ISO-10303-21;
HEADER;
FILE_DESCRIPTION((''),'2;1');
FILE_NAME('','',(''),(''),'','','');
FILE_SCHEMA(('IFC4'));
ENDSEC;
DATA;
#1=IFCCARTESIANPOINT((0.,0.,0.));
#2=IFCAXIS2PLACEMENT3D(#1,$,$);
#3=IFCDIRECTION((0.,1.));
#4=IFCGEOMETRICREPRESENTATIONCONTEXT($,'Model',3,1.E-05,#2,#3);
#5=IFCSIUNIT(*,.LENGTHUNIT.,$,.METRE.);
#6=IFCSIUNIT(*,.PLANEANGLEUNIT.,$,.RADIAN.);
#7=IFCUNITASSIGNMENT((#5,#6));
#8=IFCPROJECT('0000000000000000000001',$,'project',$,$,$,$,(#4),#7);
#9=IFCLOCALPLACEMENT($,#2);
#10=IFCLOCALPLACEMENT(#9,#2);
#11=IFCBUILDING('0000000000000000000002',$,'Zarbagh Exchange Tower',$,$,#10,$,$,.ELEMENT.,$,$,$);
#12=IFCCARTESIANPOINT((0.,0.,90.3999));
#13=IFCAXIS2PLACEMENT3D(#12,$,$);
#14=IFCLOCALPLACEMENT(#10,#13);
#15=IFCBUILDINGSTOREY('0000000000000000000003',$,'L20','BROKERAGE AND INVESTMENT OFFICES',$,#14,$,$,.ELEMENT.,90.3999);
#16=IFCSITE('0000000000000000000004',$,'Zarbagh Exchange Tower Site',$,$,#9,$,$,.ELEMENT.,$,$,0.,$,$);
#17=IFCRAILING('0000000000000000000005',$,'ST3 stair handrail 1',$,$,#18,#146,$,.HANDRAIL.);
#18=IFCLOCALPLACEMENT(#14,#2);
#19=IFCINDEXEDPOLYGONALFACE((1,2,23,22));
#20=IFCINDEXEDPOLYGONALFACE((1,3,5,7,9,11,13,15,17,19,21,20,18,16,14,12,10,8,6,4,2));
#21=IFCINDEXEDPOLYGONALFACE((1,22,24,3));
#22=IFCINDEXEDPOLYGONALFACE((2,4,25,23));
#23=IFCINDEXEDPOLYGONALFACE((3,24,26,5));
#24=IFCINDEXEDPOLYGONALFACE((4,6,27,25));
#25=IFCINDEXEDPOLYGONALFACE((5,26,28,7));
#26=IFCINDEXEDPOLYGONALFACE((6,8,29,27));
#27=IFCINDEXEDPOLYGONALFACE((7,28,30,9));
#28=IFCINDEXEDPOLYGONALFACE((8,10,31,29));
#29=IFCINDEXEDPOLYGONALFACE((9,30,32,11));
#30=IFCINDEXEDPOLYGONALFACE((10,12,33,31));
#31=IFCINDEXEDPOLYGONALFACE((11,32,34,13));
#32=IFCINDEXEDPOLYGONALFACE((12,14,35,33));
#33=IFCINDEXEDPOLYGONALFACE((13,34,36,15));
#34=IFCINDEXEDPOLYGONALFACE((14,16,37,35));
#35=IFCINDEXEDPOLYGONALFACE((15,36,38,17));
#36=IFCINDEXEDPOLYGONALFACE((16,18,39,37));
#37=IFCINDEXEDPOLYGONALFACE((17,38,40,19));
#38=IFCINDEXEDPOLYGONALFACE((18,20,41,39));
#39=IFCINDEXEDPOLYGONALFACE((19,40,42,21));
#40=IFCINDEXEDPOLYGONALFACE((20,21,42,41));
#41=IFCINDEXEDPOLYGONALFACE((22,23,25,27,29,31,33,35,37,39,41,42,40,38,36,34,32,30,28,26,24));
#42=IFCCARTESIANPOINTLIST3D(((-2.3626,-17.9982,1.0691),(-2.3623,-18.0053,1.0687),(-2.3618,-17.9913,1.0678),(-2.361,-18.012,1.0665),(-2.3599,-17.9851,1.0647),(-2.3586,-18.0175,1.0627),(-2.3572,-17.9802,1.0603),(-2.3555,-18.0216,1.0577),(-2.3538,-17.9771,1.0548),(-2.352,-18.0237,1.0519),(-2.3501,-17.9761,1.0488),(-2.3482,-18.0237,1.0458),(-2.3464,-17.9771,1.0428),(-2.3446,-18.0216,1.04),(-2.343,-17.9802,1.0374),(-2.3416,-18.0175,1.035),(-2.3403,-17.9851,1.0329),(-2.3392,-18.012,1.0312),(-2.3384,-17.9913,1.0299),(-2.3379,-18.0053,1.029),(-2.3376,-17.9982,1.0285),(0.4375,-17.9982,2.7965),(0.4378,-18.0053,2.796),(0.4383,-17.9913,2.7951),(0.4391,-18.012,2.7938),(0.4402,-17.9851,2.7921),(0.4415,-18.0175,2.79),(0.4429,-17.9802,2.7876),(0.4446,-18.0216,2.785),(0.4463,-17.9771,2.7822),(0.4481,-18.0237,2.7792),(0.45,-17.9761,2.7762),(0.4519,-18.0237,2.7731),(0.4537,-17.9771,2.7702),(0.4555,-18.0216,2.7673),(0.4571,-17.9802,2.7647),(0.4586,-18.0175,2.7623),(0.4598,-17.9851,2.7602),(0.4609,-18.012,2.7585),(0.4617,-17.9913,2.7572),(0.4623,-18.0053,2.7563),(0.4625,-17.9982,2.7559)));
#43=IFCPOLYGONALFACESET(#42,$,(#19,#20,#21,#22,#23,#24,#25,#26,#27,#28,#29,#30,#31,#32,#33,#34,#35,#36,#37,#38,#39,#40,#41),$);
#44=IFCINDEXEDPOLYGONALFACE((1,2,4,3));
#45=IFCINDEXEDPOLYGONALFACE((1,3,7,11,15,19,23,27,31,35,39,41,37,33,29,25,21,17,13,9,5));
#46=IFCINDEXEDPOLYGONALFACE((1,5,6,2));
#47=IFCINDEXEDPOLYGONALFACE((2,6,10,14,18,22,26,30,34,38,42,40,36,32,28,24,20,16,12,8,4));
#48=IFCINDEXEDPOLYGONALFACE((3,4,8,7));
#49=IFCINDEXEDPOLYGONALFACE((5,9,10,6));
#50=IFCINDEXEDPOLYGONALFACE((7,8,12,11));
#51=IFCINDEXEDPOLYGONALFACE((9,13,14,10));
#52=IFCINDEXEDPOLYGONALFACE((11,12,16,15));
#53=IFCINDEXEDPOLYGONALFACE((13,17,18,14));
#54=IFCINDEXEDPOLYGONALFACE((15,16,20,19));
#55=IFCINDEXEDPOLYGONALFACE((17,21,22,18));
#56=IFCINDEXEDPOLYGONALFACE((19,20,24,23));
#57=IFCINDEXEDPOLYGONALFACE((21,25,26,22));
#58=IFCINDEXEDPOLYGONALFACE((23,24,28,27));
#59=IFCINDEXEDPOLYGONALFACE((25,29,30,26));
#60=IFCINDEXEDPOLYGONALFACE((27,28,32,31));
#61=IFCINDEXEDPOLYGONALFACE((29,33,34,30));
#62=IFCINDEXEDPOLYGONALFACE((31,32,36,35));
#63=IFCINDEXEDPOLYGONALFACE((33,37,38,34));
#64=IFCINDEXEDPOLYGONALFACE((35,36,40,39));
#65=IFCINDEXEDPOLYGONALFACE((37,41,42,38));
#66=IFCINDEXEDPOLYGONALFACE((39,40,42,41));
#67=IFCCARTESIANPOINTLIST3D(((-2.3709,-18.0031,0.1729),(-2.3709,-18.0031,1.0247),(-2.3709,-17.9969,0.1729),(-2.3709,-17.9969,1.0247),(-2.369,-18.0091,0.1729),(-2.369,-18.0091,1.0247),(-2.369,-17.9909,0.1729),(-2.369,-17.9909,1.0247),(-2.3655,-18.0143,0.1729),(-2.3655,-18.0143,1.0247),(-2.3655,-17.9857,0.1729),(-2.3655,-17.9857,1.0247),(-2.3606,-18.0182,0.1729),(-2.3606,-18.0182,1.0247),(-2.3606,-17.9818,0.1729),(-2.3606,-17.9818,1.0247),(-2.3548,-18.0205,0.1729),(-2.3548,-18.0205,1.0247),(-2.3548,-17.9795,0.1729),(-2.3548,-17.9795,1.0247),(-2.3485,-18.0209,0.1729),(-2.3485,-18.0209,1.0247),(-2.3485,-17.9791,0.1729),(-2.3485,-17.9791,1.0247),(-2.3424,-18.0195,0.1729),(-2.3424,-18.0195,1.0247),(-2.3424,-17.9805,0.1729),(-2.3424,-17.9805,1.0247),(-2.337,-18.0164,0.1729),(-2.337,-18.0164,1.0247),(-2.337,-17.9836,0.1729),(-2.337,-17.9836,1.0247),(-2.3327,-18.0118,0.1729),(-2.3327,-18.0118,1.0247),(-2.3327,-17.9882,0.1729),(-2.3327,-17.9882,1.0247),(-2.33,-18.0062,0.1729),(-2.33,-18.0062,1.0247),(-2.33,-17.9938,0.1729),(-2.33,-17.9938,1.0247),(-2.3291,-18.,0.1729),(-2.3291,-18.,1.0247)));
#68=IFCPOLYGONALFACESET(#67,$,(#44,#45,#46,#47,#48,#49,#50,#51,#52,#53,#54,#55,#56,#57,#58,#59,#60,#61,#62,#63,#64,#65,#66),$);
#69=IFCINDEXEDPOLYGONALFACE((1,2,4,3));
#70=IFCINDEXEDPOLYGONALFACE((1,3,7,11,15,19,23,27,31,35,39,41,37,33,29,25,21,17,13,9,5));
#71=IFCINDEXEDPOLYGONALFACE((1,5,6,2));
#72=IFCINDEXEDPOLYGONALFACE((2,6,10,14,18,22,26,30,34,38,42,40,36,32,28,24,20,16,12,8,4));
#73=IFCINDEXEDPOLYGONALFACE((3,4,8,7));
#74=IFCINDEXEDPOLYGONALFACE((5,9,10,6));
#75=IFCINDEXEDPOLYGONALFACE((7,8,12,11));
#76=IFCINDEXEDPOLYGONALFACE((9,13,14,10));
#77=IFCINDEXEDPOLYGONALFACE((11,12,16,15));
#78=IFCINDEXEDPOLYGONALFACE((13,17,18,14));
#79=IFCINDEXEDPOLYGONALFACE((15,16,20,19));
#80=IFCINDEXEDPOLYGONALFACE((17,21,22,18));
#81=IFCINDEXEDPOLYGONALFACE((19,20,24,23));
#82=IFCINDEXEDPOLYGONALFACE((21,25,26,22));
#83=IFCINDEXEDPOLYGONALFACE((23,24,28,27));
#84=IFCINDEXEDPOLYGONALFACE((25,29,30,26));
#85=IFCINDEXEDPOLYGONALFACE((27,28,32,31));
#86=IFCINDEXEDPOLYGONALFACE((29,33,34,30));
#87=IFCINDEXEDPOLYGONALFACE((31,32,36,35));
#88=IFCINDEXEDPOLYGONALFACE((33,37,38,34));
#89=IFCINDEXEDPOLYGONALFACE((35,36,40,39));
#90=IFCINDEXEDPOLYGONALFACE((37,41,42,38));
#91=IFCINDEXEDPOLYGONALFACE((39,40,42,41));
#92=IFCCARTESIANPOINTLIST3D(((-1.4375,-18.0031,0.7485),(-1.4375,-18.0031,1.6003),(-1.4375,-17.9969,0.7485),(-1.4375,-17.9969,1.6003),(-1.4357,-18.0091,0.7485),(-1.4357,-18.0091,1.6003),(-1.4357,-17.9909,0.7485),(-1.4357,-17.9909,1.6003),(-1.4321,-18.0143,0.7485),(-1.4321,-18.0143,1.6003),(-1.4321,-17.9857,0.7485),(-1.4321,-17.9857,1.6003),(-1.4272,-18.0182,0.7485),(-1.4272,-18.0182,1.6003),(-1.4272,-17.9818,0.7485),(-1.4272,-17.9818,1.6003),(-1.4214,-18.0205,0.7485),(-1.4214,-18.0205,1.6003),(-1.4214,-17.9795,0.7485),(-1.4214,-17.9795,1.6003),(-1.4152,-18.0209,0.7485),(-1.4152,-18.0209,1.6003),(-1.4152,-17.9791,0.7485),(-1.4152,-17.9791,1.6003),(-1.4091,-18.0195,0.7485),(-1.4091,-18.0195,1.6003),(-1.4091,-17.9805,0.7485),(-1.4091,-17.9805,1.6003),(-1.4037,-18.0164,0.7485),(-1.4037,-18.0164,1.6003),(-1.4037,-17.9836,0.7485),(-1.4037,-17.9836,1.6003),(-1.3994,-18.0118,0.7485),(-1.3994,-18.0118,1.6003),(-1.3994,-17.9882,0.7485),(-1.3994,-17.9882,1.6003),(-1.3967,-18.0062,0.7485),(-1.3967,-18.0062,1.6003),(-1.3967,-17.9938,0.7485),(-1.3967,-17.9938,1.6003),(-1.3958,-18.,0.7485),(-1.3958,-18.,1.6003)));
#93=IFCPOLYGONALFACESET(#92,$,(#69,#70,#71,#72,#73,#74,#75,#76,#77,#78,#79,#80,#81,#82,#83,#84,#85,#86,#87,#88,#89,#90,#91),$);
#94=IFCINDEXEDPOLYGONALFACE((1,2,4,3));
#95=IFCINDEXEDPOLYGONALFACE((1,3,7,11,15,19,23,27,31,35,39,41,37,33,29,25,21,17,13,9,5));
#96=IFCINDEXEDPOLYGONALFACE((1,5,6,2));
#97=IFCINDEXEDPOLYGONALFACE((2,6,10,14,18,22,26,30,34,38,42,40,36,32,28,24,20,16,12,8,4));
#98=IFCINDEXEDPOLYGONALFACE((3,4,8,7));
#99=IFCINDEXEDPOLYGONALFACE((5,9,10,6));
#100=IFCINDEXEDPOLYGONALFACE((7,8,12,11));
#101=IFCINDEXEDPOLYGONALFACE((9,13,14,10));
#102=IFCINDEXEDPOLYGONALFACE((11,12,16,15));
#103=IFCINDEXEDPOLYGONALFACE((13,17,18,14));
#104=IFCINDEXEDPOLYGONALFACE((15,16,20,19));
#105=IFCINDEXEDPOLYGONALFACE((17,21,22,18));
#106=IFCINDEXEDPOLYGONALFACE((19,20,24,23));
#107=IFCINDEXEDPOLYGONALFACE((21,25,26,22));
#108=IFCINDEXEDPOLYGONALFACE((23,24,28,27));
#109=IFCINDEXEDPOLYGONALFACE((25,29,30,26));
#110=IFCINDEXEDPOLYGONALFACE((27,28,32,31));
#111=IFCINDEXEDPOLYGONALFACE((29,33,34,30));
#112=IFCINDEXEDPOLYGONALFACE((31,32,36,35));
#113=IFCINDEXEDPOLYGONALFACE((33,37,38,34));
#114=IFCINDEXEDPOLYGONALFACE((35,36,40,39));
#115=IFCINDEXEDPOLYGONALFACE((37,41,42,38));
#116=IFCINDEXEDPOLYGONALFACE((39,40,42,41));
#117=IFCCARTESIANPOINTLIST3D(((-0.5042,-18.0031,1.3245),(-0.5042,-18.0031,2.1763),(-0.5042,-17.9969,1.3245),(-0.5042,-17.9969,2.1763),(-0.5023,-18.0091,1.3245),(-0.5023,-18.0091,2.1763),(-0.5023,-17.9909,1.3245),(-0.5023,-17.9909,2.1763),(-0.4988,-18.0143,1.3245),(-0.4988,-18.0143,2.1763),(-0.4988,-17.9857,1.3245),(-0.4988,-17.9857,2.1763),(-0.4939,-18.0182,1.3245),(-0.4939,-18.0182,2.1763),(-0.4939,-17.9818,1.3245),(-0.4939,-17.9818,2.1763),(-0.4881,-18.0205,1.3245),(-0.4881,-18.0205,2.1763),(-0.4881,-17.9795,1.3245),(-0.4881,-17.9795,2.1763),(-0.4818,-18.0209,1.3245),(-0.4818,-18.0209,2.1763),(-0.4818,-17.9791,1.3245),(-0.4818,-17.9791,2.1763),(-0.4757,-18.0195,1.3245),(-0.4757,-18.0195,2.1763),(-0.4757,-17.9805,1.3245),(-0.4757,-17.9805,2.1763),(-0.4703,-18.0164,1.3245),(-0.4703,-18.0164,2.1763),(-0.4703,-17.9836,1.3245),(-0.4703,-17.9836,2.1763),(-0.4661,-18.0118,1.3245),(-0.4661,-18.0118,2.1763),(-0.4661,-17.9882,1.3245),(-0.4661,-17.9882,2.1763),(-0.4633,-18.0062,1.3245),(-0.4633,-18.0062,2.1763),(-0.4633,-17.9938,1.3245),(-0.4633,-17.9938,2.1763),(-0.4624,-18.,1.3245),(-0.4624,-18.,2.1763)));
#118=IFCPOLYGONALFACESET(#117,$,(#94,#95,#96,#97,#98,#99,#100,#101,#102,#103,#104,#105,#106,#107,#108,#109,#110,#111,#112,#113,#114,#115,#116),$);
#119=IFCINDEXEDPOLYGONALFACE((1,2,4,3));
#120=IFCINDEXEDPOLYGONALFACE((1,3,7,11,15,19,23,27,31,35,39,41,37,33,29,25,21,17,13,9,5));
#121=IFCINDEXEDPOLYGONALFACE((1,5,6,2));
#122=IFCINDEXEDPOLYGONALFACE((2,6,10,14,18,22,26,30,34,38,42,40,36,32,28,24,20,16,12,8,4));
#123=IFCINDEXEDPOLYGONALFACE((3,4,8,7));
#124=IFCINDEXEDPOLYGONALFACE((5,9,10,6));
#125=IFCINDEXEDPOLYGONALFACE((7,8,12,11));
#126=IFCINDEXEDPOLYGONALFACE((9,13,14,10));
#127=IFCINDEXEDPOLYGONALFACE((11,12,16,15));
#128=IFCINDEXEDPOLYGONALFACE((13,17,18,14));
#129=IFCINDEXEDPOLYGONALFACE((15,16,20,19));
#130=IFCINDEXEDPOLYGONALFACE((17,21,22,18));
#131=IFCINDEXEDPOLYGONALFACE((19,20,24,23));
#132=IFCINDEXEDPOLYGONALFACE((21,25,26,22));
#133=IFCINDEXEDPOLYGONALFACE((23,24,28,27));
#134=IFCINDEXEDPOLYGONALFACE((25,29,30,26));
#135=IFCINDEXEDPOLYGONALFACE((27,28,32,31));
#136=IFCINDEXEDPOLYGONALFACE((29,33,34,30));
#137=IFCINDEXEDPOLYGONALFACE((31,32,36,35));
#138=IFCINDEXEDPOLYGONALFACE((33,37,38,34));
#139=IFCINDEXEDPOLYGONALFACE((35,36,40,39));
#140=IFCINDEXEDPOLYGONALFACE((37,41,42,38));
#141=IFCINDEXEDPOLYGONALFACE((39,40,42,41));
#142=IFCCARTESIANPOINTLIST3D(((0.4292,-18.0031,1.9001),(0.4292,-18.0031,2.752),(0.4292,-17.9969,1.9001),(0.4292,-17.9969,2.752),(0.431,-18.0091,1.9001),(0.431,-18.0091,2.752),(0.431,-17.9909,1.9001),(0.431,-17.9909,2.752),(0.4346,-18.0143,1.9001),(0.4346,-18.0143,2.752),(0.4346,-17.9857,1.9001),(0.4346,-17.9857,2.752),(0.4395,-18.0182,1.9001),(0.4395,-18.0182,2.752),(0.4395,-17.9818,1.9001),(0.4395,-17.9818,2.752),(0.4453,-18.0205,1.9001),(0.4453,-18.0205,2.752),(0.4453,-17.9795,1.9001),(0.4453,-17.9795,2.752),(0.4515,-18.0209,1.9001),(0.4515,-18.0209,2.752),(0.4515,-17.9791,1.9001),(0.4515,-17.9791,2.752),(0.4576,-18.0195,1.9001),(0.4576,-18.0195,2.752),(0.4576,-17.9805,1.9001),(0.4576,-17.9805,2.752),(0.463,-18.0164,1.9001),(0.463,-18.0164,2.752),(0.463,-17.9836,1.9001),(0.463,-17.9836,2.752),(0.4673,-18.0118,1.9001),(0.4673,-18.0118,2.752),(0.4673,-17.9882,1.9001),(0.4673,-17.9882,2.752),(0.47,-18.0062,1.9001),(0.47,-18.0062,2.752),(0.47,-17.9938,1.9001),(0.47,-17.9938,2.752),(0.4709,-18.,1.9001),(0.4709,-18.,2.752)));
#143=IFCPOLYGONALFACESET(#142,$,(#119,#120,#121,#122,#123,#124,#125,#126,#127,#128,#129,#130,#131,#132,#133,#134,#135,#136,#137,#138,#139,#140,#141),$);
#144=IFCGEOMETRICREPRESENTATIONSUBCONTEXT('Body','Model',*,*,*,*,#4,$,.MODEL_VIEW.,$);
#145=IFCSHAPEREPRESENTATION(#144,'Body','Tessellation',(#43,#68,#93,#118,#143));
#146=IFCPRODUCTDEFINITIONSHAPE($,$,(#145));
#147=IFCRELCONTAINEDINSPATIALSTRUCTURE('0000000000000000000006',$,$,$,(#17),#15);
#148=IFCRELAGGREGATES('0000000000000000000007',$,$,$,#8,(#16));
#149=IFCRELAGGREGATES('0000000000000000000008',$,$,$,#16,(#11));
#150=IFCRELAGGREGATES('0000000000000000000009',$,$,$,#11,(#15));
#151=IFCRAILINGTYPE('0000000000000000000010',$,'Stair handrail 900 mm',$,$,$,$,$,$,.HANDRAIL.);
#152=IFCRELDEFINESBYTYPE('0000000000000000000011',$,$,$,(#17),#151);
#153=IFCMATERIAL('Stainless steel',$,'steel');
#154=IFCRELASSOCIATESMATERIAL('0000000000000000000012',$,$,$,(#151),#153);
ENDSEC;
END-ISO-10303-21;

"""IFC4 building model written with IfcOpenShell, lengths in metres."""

from ifc_helpers import new_model, si_unit, direction, frame, origin, origin_2d, place, context, subcontext, project, spatial, circle, extrude, material, type_object, element, save


model = new_model("IFC4")

# Units and contexts
model_context = context("Model", 3, precision=1e-05, world=origin(), true_north=direction((0.0, 1.0)))
body_context = subcontext(model_context, "Body", "Model", "MODEL_VIEW")
ifc_project = project(units=[si_unit("LENGTHUNIT", "METRE"), si_unit("PLANEANGLEUNIT", "RADIAN")], contexts=[model_context])

# Site, building, storey
site_placement = place(None, origin())
site = spatial("IfcSite", under=ifc_project, at=site_placement, Name="Zarbagh Exchange Tower Site", CompositionType="ELEMENT", RefElevation=0.0)
building_placement = place(site_placement, origin())
building = spatial("IfcBuilding", under=site, at=building_placement, Name="Zarbagh Exchange Tower", CompositionType="ELEMENT")
storey_placement = place(building_placement, frame((0.0, 0.0, 90.3999)))
storey = spatial("IfcBuildingStorey", under=building, at=storey_placement, Name="L20", Description="BROKERAGE AND INVESTMENT OFFICES", CompositionType="ELEMENT", Elevation=90.3999)

# Shared definitions
ifc_material_1 = material(Name="Stainless steel", Category="steel")

# Railing
railing_type = type_object("IfcRailingType", Name="Stair handrail 900 mm", PredefinedType="HANDRAIL", material=ifc_material_1)
for number, where, name in (
    (1, (-2.3501, -18.0, 0.1729), "ST3 stair handrail 1"),
):
    element("IfcRailing", number, at=place(storey_placement, frame(where)), inside=storey, type_object=railing_type, Name=name, PredefinedType="HANDRAIL", context=body_context, shape_type="SweptSolid", body=[
        extrude(circle(Radius=0.0239, at=origin_2d()), frame((0.0, 0.0, 0.876), z_axis=(0.85109, 0.0, 0.52502), x_axis=(0.0, 1.0, 0.0)), (0.0, 0.0, 1.0), 3.29),
        extrude(circle(Radius=0.021, at=origin_2d()), origin(), (0.0, 0.0, 1.0), 0.8518),
        extrude(circle(Radius=0.021, at=origin_2d()), frame((0.9333, 0.0, 0.5757)), (0.0, 0.0, 1.0), 0.8518),
        extrude(circle(Radius=0.021, at=origin_2d()), frame((1.8667, 0.0, 1.1516)), (0.0, 0.0, 1.0), 0.8518),
        extrude(circle(Radius=0.021, at=origin_2d()), frame((2.8, 0.0, 1.7273)), (0.0, 0.0, 1.0), 0.8518),
    ])

save(model, "model.ifc")
